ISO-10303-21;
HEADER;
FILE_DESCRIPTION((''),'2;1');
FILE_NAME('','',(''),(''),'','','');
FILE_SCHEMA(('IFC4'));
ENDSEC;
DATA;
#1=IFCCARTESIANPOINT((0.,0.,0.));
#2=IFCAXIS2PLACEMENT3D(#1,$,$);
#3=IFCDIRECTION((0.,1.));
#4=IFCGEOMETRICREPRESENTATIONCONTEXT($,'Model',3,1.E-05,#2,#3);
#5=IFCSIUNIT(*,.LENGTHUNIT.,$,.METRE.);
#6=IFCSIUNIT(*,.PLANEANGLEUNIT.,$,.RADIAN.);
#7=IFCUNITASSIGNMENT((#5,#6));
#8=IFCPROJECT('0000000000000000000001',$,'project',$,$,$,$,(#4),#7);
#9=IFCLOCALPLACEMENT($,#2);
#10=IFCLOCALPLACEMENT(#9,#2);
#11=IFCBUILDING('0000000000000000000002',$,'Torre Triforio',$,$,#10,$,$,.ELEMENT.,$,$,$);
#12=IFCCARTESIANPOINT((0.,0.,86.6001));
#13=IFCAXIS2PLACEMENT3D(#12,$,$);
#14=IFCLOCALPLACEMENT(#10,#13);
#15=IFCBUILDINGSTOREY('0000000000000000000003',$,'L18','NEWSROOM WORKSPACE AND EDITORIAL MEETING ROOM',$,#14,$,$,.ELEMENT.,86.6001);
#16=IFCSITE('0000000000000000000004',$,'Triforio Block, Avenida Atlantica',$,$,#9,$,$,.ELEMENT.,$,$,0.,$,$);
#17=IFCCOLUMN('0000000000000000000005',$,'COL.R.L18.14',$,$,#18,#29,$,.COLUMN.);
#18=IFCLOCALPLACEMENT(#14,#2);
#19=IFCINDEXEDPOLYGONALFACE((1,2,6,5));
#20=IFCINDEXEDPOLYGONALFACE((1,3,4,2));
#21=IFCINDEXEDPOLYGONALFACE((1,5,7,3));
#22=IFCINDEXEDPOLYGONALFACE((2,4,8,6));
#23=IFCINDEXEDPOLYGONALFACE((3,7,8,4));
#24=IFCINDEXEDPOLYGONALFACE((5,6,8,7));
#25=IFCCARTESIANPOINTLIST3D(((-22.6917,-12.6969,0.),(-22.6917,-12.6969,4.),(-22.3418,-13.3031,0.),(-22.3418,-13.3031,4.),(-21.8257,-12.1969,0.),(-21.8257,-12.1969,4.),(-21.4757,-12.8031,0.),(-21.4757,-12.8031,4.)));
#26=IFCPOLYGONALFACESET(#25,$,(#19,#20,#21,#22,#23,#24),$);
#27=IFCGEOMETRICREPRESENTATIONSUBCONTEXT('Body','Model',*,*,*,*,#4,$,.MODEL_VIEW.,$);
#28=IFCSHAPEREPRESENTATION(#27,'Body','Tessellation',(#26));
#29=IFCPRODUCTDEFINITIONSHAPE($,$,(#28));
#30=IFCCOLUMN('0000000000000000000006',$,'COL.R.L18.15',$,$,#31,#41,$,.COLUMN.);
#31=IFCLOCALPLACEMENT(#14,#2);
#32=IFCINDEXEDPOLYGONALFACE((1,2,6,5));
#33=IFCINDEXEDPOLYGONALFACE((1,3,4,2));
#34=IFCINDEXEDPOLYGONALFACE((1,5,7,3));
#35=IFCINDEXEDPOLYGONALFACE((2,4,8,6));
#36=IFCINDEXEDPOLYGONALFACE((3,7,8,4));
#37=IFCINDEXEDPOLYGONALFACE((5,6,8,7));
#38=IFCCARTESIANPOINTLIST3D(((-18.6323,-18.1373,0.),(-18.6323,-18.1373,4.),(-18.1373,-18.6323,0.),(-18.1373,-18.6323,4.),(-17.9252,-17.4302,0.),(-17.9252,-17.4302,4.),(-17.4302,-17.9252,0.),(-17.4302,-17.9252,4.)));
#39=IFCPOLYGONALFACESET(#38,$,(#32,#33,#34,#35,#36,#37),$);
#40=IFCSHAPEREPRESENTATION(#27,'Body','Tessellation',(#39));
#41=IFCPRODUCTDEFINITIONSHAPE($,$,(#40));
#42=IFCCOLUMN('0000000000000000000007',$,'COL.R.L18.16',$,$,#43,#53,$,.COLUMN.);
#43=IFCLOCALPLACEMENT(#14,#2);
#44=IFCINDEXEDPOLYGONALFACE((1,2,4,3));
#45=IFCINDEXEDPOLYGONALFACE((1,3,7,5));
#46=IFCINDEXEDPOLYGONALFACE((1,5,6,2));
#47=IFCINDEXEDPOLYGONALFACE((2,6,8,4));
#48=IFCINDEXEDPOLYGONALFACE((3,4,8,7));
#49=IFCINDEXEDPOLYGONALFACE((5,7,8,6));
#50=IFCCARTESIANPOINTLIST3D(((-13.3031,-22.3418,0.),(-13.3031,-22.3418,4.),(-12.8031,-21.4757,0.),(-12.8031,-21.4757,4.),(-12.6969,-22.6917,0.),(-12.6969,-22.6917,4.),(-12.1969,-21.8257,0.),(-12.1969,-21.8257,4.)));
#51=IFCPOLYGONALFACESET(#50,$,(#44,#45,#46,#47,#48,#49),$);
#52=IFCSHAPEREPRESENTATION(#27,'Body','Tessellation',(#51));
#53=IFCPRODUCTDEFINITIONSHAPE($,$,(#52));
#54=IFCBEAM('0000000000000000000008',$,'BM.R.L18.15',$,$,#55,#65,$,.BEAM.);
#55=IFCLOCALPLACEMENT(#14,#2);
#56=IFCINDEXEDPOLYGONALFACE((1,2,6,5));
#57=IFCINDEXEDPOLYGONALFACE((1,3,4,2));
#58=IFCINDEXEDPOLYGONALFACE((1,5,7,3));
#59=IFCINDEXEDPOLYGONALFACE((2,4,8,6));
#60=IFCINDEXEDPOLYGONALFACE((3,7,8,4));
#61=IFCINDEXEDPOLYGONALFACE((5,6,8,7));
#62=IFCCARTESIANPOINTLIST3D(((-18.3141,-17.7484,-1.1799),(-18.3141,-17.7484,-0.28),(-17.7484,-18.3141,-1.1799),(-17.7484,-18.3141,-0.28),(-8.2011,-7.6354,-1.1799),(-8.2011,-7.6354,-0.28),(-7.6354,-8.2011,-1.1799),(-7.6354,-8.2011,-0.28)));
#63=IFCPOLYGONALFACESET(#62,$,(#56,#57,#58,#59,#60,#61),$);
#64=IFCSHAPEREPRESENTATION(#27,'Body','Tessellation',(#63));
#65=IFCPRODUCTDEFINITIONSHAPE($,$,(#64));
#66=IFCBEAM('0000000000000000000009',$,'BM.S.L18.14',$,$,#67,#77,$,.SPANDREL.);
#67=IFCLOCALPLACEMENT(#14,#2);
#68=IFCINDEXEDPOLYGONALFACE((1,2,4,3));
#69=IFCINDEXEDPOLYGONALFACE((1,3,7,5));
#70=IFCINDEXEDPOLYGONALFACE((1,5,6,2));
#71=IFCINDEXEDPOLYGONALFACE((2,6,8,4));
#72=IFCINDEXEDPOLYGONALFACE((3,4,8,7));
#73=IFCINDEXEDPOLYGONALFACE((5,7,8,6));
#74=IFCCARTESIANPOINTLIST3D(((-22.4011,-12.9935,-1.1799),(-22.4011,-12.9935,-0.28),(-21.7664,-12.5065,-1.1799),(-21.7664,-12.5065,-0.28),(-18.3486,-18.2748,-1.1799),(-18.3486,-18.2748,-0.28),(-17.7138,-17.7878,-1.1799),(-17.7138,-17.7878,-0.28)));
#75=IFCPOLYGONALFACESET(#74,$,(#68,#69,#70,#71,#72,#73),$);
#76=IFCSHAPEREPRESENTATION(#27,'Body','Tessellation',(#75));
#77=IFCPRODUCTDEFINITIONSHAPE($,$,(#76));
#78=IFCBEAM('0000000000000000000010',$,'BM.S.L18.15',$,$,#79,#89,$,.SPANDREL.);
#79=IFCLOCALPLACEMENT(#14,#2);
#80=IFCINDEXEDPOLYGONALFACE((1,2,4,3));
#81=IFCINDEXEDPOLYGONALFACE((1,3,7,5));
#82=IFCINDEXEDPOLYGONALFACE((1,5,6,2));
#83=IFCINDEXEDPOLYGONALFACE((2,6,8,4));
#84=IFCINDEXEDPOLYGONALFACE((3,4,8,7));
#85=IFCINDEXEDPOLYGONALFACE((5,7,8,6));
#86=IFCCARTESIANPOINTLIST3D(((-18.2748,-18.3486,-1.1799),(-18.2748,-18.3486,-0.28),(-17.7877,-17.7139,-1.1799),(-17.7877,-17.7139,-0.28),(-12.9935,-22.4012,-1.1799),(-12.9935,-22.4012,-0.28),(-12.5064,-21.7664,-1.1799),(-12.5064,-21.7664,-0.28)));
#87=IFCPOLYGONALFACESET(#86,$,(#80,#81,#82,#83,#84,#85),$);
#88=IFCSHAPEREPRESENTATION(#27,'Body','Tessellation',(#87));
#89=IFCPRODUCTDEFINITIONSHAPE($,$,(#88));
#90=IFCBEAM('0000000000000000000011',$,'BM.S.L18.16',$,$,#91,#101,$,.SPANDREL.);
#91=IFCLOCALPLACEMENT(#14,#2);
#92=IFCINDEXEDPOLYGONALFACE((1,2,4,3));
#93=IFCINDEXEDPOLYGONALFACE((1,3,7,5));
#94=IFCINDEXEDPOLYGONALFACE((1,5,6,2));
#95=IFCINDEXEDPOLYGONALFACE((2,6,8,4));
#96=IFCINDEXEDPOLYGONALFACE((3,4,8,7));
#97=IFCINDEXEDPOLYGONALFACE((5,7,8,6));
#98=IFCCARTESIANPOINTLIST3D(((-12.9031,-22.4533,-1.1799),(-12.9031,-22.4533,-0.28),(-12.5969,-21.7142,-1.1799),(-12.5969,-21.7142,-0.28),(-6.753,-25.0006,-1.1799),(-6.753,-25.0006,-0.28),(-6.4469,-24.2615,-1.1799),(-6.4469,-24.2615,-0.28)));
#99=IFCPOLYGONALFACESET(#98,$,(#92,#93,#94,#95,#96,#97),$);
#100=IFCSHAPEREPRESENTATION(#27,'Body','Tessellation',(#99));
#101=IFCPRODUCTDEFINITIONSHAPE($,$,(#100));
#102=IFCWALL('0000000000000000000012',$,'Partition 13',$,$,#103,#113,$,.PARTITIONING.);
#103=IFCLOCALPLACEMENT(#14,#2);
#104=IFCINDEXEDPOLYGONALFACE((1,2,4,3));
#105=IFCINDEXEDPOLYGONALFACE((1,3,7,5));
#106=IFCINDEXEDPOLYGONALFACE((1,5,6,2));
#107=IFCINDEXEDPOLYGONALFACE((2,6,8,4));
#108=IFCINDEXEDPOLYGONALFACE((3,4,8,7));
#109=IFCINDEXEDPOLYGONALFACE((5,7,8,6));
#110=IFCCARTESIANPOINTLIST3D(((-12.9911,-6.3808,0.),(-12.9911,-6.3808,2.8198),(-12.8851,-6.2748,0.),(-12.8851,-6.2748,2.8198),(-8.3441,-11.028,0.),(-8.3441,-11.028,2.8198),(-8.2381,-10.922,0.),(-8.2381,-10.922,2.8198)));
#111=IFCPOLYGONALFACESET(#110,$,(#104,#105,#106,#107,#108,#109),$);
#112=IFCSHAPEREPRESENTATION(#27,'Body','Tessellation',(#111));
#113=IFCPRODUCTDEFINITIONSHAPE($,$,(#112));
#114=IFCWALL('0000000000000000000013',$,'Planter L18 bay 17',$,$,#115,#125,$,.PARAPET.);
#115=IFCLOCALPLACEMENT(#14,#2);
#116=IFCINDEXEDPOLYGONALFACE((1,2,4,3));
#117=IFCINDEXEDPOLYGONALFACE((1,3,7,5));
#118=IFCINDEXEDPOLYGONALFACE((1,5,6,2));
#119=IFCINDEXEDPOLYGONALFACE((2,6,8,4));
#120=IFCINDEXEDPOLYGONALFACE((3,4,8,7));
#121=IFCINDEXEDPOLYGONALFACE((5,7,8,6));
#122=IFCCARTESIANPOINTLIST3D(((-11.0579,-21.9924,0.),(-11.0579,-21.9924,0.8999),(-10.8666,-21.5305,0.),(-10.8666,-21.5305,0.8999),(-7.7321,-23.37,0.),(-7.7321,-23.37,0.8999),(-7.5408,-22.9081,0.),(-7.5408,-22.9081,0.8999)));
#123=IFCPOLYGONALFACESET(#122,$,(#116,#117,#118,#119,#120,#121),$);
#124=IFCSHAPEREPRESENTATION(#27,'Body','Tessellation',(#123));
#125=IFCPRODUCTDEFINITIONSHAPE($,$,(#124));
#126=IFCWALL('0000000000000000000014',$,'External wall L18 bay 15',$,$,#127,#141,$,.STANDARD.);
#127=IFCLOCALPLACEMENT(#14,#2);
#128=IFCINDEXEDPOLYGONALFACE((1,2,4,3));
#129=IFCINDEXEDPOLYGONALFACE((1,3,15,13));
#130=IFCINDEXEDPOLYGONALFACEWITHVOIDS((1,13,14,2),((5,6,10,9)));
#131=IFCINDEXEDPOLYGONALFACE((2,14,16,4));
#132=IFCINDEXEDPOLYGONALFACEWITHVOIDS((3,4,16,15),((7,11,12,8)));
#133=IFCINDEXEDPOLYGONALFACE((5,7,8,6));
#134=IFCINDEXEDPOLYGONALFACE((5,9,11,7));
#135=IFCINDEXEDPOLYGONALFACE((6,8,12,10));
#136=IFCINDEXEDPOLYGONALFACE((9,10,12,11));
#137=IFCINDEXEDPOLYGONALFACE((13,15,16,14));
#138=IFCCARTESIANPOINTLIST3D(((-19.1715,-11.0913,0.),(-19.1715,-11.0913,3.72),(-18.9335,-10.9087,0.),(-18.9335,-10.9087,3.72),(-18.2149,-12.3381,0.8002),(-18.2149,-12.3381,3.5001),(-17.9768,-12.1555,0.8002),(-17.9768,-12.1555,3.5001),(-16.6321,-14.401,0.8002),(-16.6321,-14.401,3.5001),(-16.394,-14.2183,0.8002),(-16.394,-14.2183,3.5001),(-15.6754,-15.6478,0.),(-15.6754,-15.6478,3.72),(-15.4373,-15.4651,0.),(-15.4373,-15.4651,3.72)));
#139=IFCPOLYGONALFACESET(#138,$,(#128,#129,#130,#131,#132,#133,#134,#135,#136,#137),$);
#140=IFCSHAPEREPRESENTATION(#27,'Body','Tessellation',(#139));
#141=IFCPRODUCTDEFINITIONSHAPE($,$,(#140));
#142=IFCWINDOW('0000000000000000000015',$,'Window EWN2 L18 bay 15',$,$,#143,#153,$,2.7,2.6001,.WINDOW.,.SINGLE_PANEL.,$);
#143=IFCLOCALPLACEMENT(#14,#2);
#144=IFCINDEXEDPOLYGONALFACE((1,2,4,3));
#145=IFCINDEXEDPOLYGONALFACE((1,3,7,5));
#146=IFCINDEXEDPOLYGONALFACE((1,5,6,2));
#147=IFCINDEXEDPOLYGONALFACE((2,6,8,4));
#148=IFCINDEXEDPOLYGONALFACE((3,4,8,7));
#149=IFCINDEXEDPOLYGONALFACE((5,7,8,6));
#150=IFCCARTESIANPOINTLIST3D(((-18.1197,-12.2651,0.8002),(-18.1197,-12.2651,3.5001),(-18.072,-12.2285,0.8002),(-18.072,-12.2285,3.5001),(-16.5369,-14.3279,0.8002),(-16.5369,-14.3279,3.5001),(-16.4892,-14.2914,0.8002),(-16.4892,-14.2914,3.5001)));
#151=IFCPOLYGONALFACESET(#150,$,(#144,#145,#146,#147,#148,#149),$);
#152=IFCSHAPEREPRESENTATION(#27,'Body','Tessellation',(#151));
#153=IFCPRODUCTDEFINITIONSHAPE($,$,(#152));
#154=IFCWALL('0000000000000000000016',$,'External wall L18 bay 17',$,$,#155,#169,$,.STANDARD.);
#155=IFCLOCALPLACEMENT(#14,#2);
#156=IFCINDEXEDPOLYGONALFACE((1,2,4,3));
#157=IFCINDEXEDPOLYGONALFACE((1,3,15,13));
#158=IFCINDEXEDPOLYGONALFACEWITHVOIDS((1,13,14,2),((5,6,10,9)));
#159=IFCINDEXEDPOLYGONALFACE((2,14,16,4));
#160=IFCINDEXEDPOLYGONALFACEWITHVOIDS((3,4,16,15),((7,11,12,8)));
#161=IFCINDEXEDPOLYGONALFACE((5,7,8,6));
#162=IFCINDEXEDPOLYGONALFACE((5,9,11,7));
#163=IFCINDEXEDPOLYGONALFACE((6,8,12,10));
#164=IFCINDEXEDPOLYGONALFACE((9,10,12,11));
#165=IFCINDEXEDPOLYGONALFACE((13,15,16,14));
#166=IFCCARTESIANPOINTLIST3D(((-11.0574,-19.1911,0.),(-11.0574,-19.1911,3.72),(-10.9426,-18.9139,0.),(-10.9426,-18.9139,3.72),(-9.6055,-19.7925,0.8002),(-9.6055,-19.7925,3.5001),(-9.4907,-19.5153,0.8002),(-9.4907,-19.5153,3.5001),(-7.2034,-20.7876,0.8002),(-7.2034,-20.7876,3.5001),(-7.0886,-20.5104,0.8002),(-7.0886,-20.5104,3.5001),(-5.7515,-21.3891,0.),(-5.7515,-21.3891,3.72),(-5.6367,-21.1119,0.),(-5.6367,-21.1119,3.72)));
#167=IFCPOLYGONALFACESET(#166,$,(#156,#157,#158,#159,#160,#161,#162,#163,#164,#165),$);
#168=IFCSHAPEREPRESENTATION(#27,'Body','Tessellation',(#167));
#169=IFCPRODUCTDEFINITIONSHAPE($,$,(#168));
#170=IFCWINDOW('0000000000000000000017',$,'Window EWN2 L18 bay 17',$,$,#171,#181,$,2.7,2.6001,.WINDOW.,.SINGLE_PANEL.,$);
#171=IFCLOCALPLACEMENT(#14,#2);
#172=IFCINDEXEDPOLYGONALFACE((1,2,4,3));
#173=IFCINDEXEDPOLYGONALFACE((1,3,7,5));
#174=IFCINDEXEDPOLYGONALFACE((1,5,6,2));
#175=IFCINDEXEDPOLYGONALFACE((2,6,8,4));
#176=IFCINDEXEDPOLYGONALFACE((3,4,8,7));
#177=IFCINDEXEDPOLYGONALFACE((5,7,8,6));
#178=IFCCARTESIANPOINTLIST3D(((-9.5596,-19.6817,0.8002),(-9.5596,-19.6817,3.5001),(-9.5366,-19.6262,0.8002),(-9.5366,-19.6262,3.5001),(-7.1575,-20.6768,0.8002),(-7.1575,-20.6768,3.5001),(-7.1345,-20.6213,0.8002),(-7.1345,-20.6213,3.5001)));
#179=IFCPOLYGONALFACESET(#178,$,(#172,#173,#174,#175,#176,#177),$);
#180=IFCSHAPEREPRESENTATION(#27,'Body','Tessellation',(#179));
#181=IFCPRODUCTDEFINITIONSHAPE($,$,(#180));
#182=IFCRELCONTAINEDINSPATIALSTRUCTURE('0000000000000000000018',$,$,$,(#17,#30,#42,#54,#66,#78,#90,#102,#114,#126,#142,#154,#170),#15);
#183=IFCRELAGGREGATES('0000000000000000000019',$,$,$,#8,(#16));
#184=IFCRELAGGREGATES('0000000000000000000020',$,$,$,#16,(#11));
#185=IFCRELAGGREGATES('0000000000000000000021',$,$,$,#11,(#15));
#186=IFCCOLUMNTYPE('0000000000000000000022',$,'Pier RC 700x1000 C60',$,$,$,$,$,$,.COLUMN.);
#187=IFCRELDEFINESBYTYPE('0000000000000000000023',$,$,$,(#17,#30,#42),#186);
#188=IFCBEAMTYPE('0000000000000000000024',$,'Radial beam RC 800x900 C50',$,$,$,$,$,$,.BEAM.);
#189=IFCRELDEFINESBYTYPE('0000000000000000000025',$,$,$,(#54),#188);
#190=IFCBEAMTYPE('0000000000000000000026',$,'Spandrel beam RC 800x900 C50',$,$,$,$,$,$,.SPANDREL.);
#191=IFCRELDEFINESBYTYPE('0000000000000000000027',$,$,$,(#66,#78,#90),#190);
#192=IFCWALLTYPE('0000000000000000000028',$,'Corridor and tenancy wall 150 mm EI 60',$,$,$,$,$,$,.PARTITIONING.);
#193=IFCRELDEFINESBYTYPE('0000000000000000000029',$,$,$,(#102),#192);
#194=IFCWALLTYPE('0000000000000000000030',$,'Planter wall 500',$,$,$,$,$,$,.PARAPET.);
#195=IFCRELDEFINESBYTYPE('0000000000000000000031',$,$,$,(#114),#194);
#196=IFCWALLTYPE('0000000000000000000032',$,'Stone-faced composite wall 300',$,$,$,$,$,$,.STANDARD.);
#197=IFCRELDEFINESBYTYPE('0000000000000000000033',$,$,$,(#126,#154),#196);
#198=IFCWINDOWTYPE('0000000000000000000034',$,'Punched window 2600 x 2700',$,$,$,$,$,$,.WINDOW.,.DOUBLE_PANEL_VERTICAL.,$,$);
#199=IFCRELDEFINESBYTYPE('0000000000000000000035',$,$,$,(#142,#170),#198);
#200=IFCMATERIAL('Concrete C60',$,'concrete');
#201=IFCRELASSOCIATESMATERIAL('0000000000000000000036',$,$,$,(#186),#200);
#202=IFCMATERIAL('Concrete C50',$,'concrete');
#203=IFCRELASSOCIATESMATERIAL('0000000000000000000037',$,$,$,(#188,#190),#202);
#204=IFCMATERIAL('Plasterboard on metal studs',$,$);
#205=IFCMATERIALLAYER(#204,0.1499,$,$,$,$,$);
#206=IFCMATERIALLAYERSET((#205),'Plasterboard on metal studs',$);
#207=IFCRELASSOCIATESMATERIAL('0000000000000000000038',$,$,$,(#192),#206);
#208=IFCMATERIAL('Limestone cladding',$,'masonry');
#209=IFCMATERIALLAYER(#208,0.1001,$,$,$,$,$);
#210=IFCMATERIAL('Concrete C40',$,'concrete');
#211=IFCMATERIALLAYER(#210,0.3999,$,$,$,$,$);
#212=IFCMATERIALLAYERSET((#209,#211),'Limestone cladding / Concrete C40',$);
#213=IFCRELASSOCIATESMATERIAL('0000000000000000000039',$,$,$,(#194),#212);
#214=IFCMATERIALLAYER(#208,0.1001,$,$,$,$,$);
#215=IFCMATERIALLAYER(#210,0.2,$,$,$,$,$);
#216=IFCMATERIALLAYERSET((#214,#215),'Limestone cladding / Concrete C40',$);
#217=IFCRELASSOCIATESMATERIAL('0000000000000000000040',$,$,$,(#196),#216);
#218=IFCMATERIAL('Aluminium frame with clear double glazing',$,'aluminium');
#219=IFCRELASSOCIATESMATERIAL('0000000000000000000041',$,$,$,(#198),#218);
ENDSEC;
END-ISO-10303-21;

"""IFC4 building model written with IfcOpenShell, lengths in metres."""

from ifc_helpers import new_model, si_unit, direction, frame, frame_2d, origin, origin_2d, place, context, subcontext, project, spatial, rectangle, extrude, material, layer, layer_set, material_profile, profile_set, type_object, element, fill, save


model = new_model("IFC4")

# Units and contexts
model_context = context("Model", 3, precision=1e-05, world=origin(), true_north=direction((0.0, 1.0)))
body_context = subcontext(model_context, "Body", "Model", "MODEL_VIEW")
ifc_project = project(units=[si_unit("LENGTHUNIT", "METRE"), si_unit("PLANEANGLEUNIT", "RADIAN")], contexts=[model_context])

# Site, building, storey
site_placement = place(None, origin())
site = spatial("IfcSite", under=ifc_project, at=site_placement, Name="Triforio Block, Avenida Atlantica", CompositionType="ELEMENT", RefElevation=0.0)
building_placement = place(site_placement, origin())
building = spatial("IfcBuilding", under=site, at=building_placement, Name="Torre Triforio", CompositionType="ELEMENT")
storey_placement = place(building_placement, frame((0.0, 0.0, 86.6001)))
storey = spatial("IfcBuildingStorey", under=building, at=storey_placement, Name="L18", Description="NEWSROOM WORKSPACE AND EDITORIAL MEETING ROOM", CompositionType="ELEMENT", Elevation=86.6001)

# Columns
ifc_material_1 = material(Name="Concrete C60", Category="concrete")
ifc_material_profile_1 = material_profile(ifc_material_1, rectangle(XDim=0.7, YDim=1.0, at=origin_2d()), Name="RC 700x1000")
ifc_profile_set_1 = profile_set([ifc_material_profile_1], Name="Concrete C60")
column_type = type_object("IfcColumnType", Name="Pier RC 700x1000 C60", PredefinedType="COLUMN", material=ifc_profile_set_1)
for number, where, z_axis, x_axis, name in (
    (1, (-22.0837, -12.75, 0.0), (0.0, 0.0, 1.0), (0.5, -0.866025, 0.0), "COL.R.L18.14"),
    (2, (-18.0312, -18.0312, 0.0), (0.0, 0.0, 1.0), (0.707107, -0.707107, 0.0), "COL.R.L18.15"),
    (3, (-12.75, -22.0837, 0.0), (0.0, 0.0, 1.0), (0.866025, -0.5, 0.0), "COL.R.L18.16"),
):
    element("IfcColumn", number, at=place(storey_placement, frame(where, z_axis=z_axis, x_axis=x_axis)), inside=storey, type_object=column_type, Name=name, PredefinedType="COLUMN", context=body_context, shape_type="SweptSolid", body=[
        extrude(rectangle(XDim=0.7, YDim=1.0, at=origin_2d()), origin(), (0.0, 0.0, 1.0), 4.0),
    ])

# Beams
ifc_material_2 = material(Name="Concrete C50", Category="concrete")
ifc_material_profile_2 = material_profile(ifc_material_2, rectangle(XDim=0.8, YDim=0.8999, at=origin_2d()), Name="RC 800x900")
ifc_profile_set_2 = profile_set([ifc_material_profile_2], Name="Concrete C50")
beam_type_1 = type_object("IfcBeamType", Name="Radial beam RC 800x900 C50", PredefinedType="BEAM", material=ifc_profile_set_2)
beam_1_placement = place(storey_placement, frame((-7.9182, -7.9182, -0.73), z_axis=(-0.707107, -0.707107, 0.0), x_axis=(0.707107, -0.707107, 0.0)))
element("IfcBeam", 4, at=beam_1_placement, inside=storey, type_object=beam_type_1, Name="BM.R.L18.15", PredefinedType="BEAM", context=body_context, shape_type="SweptSolid", body=[
    extrude(rectangle(XDim=0.8, YDim=0.8999, at=origin_2d()), origin(), (0.0, 0.0, 1.0), 14.302),
])
ifc_material_profile_3 = material_profile(ifc_material_2, rectangle(XDim=0.8, YDim=0.8999, at=origin_2d()), Name="RC 800x900")
ifc_profile_set_3 = profile_set([ifc_material_profile_3], Name="Concrete C50")
beam_type_2 = type_object("IfcBeamType", Name="Spandrel beam RC 800x900 C50", PredefinedType="SPANDREL", material=ifc_profile_set_3)
for number, where, z_axis, x_axis, name in (
    (5, (-22.0837, -12.75, -0.73), (0.608766, -0.79335, 0.0), (0.79335, 0.608766, 0.0), "BM.S.L18.14"),
    (6, (-18.0312, -18.0312, -0.73), (0.79335, -0.608766, 0.0), (0.608766, 0.79335, 0.0), "BM.S.L18.15"),
):
    element("IfcBeam", number, at=place(storey_placement, frame(where, z_axis=z_axis, x_axis=x_axis)), inside=storey, type_object=beam_type_2, Name=name, PredefinedType="SPANDREL", context=body_context, shape_type="SweptSolid", body=[
        extrude(rectangle(XDim=0.8, YDim=0.8999, at=origin_2d()), origin(), (0.0, 0.0, 1.0), 6.657),
    ])
beam_2_placement = place(storey_placement, frame((-12.75, -22.0837, -0.73), z_axis=(0.923885, -0.382669, 0.0), x_axis=(0.382669, 0.923885, 0.0)))
element("IfcBeam", 7, at=beam_2_placement, inside=storey, type_object=beam_type_2, Name="BM.S.L18.16", PredefinedType="SPANDREL", context=body_context, shape_type="SweptSolid", body=[
    extrude(rectangle(XDim=0.8, YDim=0.8999, at=origin_2d()), origin(), (0.0, 0.0, 1.0), 6.6567),
])

# Walls
ifc_material_3 = material(Name="Plasterboard on metal studs")
ifc_layer_1 = layer(ifc_material_3, 0.1499)
ifc_layer_set_1 = layer_set([ifc_layer_1], Name="Plasterboard on metal studs")
wall_type_1 = type_object("IfcWallType", Name="Corridor and tenancy wall 150 mm EI 60", PredefinedType="PARTITIONING", material=ifc_layer_set_1)
wall_1_placement = place(storey_placement, frame((-8.291, -10.9751, 0.0), z_axis=(0.0, 0.0, 1.0), x_axis=(-0.707088, 0.707125, 0.0)))
element("IfcWall", 8, at=wall_1_placement, inside=storey, type_object=wall_type_1, Name="Partition 13", PredefinedType="PARTITIONING", context=body_context, shape_type="SweptSolid", body=[
    extrude(rectangle(XDim=6.572, YDim=0.1499, at=frame_2d((3.2861, 0.0))), origin(), (0.0, 0.0, 1.0), 2.8198),
])
ifc_material_4 = material(Name="Limestone cladding", Category="masonry")
ifc_layer_2 = layer(ifc_material_4, 0.1001)
ifc_material_5 = material(Name="Concrete C40", Category="concrete")
ifc_layer_3 = layer(ifc_material_5, 0.3999)
ifc_layer_set_2 = layer_set([ifc_layer_2, ifc_layer_3], Name="Limestone cladding / Concrete C40")
wall_type_2 = type_object("IfcWallType", Name="Planter wall 500", PredefinedType="PARAPET", material=ifc_layer_set_2)
wall_2_placement = place(storey_placement, frame((-10.9622, -21.7615, 0.0), z_axis=(0.0, 0.0, 1.0), x_axis=(0.923875, -0.382693, 0.0)))
element("IfcWall", 9, at=wall_2_placement, inside=storey, type_object=wall_type_2, Name="Planter L18 bay 17", PredefinedType="PARAPET", context=body_context, shape_type="SweptSolid", body=[
    extrude(rectangle(XDim=3.5999, YDim=0.5, at=frame_2d((1.7998, 0.0))), origin(), (0.0, 0.0, 1.0), 0.8999),
])

# Wall, opening, window
ifc_layer_4 = layer(ifc_material_4, 0.1001)
ifc_layer_5 = layer(ifc_material_5, 0.2)
ifc_layer_set_3 = layer_set([ifc_layer_4, ifc_layer_5], Name="Limestone cladding / Concrete C40")
wall_type_3 = type_object("IfcWallType", Name="Stone-faced composite wall 300", PredefinedType="STANDARD", material=ifc_layer_set_3)
wall_3_placement = place(storey_placement, frame((-19.0525, -11.0, 0.0), z_axis=(0.0, 0.0, 1.0), x_axis=(0.608745, -0.793366, 0.0)))
wall_3 = element("IfcWall", 10, at=wall_3_placement, inside=storey, type_object=wall_type_3, Name="External wall L18 bay 15", PredefinedType="STANDARD", context=body_context, shape_type="SweptSolid", body=[
    extrude(rectangle(XDim=5.7432, YDim=0.3, at=frame_2d((2.8716, 0.0))), origin(), (0.0, 0.0, 1.0), 3.72),
])
opening_1_placement = place(wall_3_placement, frame((1.5715, 0.0, 0.8)))
opening_1 = element("IfcOpeningElement", 11, at=opening_1_placement, cuts=wall_3, PredefinedType="OPENING", context=body_context, shape_type="SweptSolid", body=[
    extrude(rectangle(XDim=2.6001, YDim=2.7, at=frame_2d((1.3, 1.3501))), frame((0.0, 0.1599, 0.0), z_axis=(0.0, -1.0, 0.0), x_axis=(1.0, 0.0, 0.0)), (0.0, 0.0, 1.0), 0.3201),
])
ifc_material_6 = material(Name="Aluminium frame with clear double glazing", Category="aluminium")
window_type_1 = type_object("IfcWindowType", Name="Punched window 2600 x 2700", PartitioningType="DOUBLE_PANEL_VERTICAL", PredefinedType="WINDOW", material=ifc_material_6)
window_1_placement = place(opening_1_placement, origin())
window_1 = element("IfcWindow", 12, at=window_1_placement, inside=storey, type_object=window_type_1, Name="Window EWN2 L18 bay 15", OverallHeight=2.7, OverallWidth=2.6001, PartitioningType="SINGLE_PANEL", PredefinedType="WINDOW", context=body_context, shape_type="SweptSolid", body=[
    extrude(rectangle(XDim=2.6001, YDim=2.7, at=frame_2d((1.3, 1.3501))), frame((0.0, 0.03, 0.0), z_axis=(0.0, -1.0, 0.0), x_axis=(1.0, 0.0, 0.0)), (0.0, 0.0, 1.0), 0.0601),
])
fill(opening_1, window_1)

# Wall, opening, window
wall_4_placement = place(storey_placement, frame((-11.0, -19.0525, 0.0), z_axis=(0.0, 0.0, 1.0), x_axis=(0.923866, -0.382716, 0.0)))
wall_4 = element("IfcWall", 13, at=wall_4_placement, inside=storey, type_object=wall_type_3, Name="External wall L18 bay 17", PredefinedType="STANDARD", context=body_context, shape_type="SweptSolid", body=[
    extrude(rectangle(XDim=5.7432, YDim=0.3, at=frame_2d((2.8716, 0.0))), origin(), (0.0, 0.0, 1.0), 3.72),
])
opening_2_placement = place(wall_4_placement, frame((1.5715, 0.0, 0.8)))
opening_2 = element("IfcOpeningElement", 14, at=opening_2_placement, cuts=wall_4, PredefinedType="OPENING", context=body_context, shape_type="SweptSolid", body=[
    extrude(rectangle(XDim=2.6001, YDim=2.7, at=frame_2d((1.3, 1.3501))), frame((0.0, 0.1599, 0.0), z_axis=(0.0, -1.0, 0.0), x_axis=(1.0, 0.0, 0.0)), (0.0, 0.0, 1.0), 0.3201),
])
window_2_placement = place(opening_2_placement, origin())
window_2 = element("IfcWindow", 15, at=window_2_placement, inside=storey, type_object=window_type_1, Name="Window EWN2 L18 bay 17", OverallHeight=2.7, OverallWidth=2.6001, PartitioningType="SINGLE_PANEL", PredefinedType="WINDOW", context=body_context, shape_type="SweptSolid", body=[
    extrude(rectangle(XDim=2.6001, YDim=2.7, at=frame_2d((1.3, 1.3501))), frame((0.0, 0.03, 0.0), z_axis=(0.0, -1.0, 0.0), x_axis=(1.0, 0.0, 0.0)), (0.0, 0.0, 1.0), 0.0601),
])
fill(opening_2, window_2)

save(model, "model.ifc")
